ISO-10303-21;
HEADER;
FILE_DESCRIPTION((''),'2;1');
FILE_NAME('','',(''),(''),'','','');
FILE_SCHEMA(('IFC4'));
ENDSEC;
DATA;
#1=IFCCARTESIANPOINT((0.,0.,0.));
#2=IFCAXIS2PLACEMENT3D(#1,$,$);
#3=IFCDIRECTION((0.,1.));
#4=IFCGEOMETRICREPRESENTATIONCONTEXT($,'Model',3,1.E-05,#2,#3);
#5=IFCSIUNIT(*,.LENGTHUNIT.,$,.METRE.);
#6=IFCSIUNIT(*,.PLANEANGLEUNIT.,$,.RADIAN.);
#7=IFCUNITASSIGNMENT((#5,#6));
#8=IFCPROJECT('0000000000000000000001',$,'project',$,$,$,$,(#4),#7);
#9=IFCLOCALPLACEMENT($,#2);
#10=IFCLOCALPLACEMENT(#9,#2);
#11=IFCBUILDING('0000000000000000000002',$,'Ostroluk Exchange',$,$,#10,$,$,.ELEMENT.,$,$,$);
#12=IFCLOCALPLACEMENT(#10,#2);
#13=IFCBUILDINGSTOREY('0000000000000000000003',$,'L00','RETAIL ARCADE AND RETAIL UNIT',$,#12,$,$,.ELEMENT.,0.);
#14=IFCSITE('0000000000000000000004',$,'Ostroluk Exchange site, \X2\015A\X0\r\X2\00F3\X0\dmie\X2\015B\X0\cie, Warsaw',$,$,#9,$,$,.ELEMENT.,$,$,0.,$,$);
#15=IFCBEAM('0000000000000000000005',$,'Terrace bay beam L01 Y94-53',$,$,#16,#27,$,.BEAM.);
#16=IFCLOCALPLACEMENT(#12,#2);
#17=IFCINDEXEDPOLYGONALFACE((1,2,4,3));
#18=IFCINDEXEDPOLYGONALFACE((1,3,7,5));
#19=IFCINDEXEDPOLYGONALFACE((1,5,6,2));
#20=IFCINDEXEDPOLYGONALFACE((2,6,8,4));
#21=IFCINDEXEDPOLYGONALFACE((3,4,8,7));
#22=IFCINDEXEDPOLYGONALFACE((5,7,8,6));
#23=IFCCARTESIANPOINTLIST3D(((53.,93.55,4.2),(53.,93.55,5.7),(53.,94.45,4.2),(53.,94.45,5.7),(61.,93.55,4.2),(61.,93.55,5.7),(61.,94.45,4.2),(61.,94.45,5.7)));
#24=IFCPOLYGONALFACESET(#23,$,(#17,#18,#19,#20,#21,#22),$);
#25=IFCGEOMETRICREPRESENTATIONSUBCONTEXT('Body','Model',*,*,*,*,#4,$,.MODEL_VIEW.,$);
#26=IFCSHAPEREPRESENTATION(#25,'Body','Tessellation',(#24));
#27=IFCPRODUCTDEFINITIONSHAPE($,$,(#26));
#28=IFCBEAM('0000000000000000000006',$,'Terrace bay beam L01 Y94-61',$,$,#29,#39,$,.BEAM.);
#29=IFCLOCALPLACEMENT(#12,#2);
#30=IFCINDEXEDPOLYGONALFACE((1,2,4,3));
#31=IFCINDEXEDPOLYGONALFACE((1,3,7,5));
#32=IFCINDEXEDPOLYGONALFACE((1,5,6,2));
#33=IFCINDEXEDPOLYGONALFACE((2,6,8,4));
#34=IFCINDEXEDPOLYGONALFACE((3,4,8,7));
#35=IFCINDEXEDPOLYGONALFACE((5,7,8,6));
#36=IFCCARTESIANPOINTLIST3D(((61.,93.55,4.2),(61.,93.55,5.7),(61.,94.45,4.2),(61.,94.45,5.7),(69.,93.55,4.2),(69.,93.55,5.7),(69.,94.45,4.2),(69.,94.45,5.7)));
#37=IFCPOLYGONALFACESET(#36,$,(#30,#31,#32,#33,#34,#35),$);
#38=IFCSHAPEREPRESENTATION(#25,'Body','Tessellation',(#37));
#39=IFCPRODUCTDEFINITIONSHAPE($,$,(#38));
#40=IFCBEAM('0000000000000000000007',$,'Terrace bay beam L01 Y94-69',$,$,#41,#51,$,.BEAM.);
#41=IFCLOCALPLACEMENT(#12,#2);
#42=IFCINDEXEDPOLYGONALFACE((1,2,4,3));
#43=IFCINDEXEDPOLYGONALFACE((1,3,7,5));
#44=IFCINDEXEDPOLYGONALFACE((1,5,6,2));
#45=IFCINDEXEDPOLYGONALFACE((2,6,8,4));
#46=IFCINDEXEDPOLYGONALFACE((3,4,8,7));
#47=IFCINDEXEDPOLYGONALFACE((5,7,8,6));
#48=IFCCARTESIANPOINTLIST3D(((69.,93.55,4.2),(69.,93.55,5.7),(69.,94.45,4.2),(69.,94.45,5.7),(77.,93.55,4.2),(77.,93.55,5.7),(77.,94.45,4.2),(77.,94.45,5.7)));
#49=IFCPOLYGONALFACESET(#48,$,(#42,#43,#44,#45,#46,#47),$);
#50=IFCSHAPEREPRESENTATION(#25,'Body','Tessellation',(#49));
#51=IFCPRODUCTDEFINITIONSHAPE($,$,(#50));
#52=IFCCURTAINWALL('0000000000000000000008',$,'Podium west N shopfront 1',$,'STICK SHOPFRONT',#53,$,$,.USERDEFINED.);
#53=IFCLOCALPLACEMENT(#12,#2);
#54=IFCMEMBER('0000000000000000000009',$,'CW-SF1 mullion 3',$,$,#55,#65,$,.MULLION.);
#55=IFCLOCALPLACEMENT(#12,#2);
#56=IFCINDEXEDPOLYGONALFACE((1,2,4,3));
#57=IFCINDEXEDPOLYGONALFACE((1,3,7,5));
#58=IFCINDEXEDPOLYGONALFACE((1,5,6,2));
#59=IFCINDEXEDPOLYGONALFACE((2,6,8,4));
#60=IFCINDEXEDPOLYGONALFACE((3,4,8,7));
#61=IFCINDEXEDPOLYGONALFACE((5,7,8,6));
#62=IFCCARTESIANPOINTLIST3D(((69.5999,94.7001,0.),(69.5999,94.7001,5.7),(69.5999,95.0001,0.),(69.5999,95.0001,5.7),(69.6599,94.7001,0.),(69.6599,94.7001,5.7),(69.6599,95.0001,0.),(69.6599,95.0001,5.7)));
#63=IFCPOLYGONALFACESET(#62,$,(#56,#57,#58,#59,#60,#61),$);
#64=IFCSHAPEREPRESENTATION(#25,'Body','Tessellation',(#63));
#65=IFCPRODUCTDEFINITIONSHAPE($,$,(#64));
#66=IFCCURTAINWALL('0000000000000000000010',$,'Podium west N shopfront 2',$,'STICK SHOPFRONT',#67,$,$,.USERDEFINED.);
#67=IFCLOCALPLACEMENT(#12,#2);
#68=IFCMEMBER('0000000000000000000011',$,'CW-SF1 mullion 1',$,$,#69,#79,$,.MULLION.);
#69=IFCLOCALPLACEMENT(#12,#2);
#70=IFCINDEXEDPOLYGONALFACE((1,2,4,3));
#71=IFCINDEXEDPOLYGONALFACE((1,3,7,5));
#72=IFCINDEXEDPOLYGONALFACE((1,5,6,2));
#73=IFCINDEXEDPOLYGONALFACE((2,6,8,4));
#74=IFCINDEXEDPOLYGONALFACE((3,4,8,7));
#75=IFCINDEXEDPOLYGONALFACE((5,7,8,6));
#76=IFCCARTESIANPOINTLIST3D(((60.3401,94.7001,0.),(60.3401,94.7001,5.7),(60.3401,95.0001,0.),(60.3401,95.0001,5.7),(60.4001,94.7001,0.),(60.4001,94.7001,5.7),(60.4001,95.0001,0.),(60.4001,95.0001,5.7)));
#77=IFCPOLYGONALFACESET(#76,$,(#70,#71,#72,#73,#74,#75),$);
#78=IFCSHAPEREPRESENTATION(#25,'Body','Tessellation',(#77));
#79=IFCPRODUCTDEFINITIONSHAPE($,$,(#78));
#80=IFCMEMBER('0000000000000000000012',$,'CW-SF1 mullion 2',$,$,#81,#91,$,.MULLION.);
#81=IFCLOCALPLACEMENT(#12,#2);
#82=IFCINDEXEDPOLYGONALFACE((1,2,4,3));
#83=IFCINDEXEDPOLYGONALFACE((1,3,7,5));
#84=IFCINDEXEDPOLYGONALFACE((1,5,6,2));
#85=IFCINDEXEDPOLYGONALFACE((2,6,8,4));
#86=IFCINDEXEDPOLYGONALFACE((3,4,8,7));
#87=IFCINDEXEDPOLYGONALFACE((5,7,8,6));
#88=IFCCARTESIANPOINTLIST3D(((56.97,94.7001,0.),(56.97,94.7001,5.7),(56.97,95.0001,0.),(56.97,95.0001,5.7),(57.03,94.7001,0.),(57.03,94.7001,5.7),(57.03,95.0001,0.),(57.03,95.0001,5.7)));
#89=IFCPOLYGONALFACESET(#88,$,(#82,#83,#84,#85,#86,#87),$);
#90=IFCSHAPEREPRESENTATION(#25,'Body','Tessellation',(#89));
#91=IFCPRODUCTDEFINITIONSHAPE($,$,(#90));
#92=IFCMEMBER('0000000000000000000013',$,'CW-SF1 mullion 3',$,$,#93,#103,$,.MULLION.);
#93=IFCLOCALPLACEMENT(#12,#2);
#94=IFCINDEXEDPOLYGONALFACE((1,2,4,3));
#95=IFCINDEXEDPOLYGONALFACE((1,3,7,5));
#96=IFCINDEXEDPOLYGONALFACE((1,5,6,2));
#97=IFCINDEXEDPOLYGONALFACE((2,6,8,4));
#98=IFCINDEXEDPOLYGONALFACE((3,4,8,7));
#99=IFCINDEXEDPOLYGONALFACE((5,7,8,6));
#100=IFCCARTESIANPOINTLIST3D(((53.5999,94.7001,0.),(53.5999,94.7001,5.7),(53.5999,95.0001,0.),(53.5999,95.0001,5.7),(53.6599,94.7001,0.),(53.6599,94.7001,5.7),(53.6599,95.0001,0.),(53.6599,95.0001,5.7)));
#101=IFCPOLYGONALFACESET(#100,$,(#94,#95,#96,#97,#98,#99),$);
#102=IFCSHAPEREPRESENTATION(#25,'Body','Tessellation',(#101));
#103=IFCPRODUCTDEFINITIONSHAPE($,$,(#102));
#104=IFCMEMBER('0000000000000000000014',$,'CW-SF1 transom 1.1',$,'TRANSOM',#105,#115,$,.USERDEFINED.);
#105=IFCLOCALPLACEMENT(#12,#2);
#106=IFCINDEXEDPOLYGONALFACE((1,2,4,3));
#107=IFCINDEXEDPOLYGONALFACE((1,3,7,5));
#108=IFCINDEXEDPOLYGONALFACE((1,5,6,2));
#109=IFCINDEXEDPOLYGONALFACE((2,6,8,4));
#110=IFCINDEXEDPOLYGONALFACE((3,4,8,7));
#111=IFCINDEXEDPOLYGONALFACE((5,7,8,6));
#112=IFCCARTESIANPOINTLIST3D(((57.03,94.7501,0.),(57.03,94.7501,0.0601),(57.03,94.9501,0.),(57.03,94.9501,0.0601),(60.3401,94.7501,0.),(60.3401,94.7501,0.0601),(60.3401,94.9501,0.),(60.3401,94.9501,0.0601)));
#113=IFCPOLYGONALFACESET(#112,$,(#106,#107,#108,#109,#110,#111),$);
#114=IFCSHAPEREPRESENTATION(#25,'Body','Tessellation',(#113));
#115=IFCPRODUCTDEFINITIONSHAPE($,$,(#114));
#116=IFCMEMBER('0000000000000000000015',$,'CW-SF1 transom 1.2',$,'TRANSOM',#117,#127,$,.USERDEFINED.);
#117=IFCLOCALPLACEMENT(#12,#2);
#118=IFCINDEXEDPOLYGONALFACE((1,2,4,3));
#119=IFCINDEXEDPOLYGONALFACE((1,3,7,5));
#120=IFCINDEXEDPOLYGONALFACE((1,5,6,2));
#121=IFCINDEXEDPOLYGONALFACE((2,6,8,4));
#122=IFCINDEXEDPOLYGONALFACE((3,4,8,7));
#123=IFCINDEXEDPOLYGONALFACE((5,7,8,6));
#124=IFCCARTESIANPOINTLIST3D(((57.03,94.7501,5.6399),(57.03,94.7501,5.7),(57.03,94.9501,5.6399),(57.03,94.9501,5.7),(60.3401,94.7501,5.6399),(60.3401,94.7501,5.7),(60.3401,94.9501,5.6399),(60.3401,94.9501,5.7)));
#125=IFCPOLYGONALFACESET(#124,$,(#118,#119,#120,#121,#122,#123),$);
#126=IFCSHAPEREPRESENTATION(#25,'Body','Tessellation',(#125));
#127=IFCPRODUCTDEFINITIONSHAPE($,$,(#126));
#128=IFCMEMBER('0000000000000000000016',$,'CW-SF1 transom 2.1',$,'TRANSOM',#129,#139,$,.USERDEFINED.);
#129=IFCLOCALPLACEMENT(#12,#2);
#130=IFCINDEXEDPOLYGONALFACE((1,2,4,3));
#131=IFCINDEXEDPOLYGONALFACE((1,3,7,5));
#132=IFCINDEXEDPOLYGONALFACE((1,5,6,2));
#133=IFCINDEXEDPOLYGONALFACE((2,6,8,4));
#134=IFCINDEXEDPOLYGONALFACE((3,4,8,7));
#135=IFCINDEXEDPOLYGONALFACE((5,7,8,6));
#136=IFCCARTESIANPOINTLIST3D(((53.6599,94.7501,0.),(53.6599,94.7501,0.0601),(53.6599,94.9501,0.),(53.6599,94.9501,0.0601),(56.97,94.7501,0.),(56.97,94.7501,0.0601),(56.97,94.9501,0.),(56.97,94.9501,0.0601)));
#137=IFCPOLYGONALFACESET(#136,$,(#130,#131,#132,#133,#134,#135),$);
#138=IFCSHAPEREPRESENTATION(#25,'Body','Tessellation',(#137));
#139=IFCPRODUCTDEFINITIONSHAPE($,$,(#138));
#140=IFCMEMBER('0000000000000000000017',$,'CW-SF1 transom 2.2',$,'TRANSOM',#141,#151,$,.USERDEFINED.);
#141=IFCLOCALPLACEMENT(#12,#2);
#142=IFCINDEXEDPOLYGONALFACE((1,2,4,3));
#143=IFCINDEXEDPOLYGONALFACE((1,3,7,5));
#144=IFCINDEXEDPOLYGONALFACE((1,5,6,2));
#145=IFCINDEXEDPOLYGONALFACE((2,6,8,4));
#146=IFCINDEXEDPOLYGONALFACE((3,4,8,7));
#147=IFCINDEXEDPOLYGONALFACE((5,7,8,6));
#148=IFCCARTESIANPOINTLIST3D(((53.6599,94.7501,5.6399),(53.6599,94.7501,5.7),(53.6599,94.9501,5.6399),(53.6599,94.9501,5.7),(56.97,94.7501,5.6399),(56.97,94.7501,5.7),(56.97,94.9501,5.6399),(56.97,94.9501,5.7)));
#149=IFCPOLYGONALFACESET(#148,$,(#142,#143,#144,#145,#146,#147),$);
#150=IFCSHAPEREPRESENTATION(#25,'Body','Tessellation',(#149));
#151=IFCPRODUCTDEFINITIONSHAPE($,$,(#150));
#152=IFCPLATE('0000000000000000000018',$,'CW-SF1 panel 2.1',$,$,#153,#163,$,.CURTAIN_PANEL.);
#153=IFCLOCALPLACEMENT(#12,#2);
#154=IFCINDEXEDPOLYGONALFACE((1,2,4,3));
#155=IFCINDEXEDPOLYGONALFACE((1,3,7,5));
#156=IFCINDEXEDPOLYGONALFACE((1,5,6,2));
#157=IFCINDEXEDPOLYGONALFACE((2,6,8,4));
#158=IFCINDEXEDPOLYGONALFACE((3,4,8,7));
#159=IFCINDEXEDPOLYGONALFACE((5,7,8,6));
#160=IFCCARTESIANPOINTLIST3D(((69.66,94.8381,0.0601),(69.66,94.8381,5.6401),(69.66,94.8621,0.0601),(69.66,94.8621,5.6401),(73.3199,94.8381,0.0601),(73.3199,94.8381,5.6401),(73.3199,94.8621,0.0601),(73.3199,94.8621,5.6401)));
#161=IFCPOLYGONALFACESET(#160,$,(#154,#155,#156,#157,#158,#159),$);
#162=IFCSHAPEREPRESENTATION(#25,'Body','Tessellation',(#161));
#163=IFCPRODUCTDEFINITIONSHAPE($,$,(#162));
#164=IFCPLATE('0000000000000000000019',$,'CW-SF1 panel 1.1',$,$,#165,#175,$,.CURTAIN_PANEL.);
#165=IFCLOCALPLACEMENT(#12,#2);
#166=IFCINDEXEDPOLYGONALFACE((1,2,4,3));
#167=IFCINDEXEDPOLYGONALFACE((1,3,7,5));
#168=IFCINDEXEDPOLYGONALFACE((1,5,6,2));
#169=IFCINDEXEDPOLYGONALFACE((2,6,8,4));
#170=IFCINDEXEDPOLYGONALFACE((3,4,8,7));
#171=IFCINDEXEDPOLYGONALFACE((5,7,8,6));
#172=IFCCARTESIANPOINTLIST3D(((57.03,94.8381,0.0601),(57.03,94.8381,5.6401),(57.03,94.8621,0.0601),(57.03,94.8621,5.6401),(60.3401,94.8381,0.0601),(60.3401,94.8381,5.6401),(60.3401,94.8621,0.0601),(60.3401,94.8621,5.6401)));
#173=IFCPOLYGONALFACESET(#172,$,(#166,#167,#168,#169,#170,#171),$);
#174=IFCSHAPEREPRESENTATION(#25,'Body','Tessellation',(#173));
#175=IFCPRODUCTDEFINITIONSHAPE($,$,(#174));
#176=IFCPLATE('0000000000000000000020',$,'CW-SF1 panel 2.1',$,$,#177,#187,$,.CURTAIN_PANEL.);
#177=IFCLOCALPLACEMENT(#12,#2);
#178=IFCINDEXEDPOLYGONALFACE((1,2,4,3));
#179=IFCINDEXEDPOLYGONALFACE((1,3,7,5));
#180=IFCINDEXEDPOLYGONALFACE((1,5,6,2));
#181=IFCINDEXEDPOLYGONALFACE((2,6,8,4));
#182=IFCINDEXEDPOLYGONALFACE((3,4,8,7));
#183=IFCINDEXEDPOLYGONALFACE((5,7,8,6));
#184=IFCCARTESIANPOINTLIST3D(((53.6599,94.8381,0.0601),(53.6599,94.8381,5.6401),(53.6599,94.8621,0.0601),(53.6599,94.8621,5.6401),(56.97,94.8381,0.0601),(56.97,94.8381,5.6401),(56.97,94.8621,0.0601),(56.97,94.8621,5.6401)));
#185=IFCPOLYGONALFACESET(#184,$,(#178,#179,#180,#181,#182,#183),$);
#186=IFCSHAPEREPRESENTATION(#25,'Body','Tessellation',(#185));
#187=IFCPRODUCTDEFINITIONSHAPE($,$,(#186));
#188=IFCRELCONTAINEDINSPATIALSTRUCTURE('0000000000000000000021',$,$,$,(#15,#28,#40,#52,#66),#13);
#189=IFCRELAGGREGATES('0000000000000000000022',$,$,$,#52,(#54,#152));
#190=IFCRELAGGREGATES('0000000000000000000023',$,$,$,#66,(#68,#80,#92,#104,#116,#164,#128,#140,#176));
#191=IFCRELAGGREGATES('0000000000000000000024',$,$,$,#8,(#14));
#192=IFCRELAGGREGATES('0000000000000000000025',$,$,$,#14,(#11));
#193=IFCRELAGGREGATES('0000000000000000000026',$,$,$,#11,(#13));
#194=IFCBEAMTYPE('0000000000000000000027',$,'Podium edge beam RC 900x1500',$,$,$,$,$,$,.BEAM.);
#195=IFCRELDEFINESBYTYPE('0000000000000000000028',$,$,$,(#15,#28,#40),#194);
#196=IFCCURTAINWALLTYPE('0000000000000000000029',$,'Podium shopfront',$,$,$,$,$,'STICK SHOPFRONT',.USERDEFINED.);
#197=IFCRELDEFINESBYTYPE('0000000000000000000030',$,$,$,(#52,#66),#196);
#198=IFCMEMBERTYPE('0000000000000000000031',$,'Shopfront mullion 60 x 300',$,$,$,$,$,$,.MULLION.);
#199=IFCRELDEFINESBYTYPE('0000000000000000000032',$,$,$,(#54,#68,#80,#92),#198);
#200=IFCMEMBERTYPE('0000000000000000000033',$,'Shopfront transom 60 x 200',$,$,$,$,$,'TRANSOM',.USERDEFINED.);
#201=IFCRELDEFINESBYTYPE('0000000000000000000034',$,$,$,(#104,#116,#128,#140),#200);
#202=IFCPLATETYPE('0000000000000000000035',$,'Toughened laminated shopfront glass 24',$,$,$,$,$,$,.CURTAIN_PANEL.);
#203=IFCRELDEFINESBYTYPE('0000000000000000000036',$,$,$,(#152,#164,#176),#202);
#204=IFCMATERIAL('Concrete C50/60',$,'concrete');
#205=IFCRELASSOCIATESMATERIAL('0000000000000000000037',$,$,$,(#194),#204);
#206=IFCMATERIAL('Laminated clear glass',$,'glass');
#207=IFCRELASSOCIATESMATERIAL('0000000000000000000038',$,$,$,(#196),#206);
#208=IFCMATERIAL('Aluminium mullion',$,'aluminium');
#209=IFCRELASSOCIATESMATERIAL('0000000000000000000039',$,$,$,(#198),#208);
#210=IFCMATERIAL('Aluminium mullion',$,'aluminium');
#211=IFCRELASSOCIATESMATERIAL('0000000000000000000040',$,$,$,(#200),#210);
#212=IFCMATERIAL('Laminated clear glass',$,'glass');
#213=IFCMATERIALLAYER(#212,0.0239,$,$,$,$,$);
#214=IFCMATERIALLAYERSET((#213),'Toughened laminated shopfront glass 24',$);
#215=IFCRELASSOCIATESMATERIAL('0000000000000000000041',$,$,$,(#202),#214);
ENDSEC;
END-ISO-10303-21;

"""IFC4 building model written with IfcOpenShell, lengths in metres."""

from ifc_helpers import new_model, si_unit, direction, frame, origin, origin_2d, place, context, subcontext, project, spatial, rectangle, extrude, material, layer, layer_set, material_profile, profile_set, type_object, element, aggregate, save


model = new_model("IFC4")

# Units and contexts
model_context = context("Model", 3, precision=1e-05, world=origin(), true_north=direction((0.0, 1.0)))
body_context = subcontext(model_context, "Body", "Model", "MODEL_VIEW")
ifc_project = project(units=[si_unit("LENGTHUNIT", "METRE"), si_unit("PLANEANGLEUNIT", "RADIAN")], contexts=[model_context])

# Site, building, storey
site_placement = place(None, origin())
site = spatial("IfcSite", under=ifc_project, at=site_placement, Name="Ostroluk Exchange site, Śródmieście, Warsaw", CompositionType="ELEMENT", RefElevation=0.0)
building_placement = place(site_placement, origin())
building = spatial("IfcBuilding", under=site, at=building_placement, Name="Ostroluk Exchange", CompositionType="ELEMENT")
storey_placement = place(building_placement, origin())
storey = spatial("IfcBuildingStorey", under=building, at=storey_placement, Name="L00", Description="RETAIL ARCADE AND RETAIL UNIT", CompositionType="ELEMENT", Elevation=0.0)

# Beams
ifc_material_1 = material(Name="Concrete C50/60", Category="concrete")
ifc_material_profile_1 = material_profile(ifc_material_1, rectangle(XDim=0.8999, YDim=1.5, at=origin_2d()), Name="RC 900x1500")
ifc_profile_set_1 = profile_set([ifc_material_profile_1], Name="Concrete C50/60")
beam_type_1 = type_object("IfcBeamType", Name="Podium edge beam RC 900x1500", PredefinedType="BEAM", material=ifc_profile_set_1)
for number, where, z_axis, x_axis, name in (
    (1, (53.0, 94.0, 4.95), (1.0, 0.0, 0.0), (0.0, 1.0, 0.0), "Terrace bay beam L01 Y94-53"),
    (2, (61.0, 94.0, 4.95), (1.0, 0.0, 0.0), (0.0, 1.0, 0.0), "Terrace bay beam L01 Y94-61"),
    (3, (69.0, 94.0, 4.95), (1.0, 0.0, 0.0), (0.0, 1.0, 0.0), "Terrace bay beam L01 Y94-69"),
):
    element("IfcBeam", number, at=place(storey_placement, frame(where, z_axis=z_axis, x_axis=x_axis)), inside=storey, type_object=beam_type_1, Name=name, PredefinedType="BEAM", context=body_context, shape_type="SweptSolid", body=[
        extrude(rectangle(XDim=0.8999, YDim=1.5, at=origin_2d()), origin(), (0.0, 0.0, 1.0), 8.0),
    ])

# Curtain wall, member
ifc_material_2 = material(Name="Laminated clear glass", Category="glass")
curtain_wall_type = type_object("IfcCurtainWallType", Name="Podium shopfront", ElementType="STICK SHOPFRONT", PredefinedType="USERDEFINED", material=ifc_material_2)
curtain_wall_1_placement = place(storey_placement, origin())
curtain_wall_1 = element("IfcCurtainWall", 4, at=curtain_wall_1_placement, inside=storey, type_object=curtain_wall_type, Name="Podium west N shopfront 1", ObjectType="STICK SHOPFRONT", PredefinedType="USERDEFINED")
ifc_material_3 = material(Name="Aluminium mullion", Category="aluminium")
ifc_material_profile_2 = material_profile(ifc_material_3, rectangle(XDim=0.3, YDim=0.0601, at=origin_2d()), Name="Shopfront mullion 60 x 300")
ifc_profile_set_2 = profile_set([ifc_material_profile_2], Name="Aluminium mullion")
member_type_1 = type_object("IfcMemberType", Name="Shopfront mullion 60 x 300", PredefinedType="MULLION", material=ifc_profile_set_2)
member_1_placement = place(storey_placement, frame((69.6299, 94.8501, 0.0), z_axis=(0.0, 0.0, 1.0), x_axis=(0.0, -1.0, 0.0)))
member_1 = element("IfcMember", 5, at=member_1_placement, type_object=member_type_1, Name="CW-SF1 mullion 3", PredefinedType="MULLION", context=body_context, shape_type="SweptSolid", body=[
    extrude(rectangle(XDim=0.3, YDim=0.0601, at=origin_2d()), origin(), (0.0, 0.0, 1.0), 5.7),
])

# Curtain wall, members
curtain_wall_2_placement = place(storey_placement, origin())
curtain_wall_2 = element("IfcCurtainWall", 6, at=curtain_wall_2_placement, inside=storey, type_object=curtain_wall_type, Name="Podium west N shopfront 2", ObjectType="STICK SHOPFRONT", PredefinedType="USERDEFINED")
member_2_placement = place(storey_placement, frame((60.3701, 94.8501, 0.0), z_axis=(0.0, 0.0, 1.0), x_axis=(0.0, -1.0, 0.0)))
member_2 = element("IfcMember", 7, at=member_2_placement, type_object=member_type_1, Name="CW-SF1 mullion 1", PredefinedType="MULLION", context=body_context, shape_type="SweptSolid", body=[
    extrude(rectangle(XDim=0.3, YDim=0.0601, at=origin_2d()), origin(), (0.0, 0.0, 1.0), 5.7),
])
member_3_placement = place(storey_placement, frame((57.0, 94.8501, 0.0), z_axis=(0.0, 0.0, 1.0), x_axis=(0.0, -1.0, 0.0)))
member_3 = element("IfcMember", 8, at=member_3_placement, type_object=member_type_1, Name="CW-SF1 mullion 2", PredefinedType="MULLION", context=body_context, shape_type="SweptSolid", body=[
    extrude(rectangle(XDim=0.3, YDim=0.0601, at=origin_2d()), origin(), (0.0, 0.0, 1.0), 5.7),
])
member_4_placement = place(storey_placement, frame((53.6299, 94.8501, 0.0), z_axis=(0.0, 0.0, 1.0), x_axis=(0.0, -1.0, 0.0)))
member_4 = element("IfcMember", 9, at=member_4_placement, type_object=member_type_1, Name="CW-SF1 mullion 3", PredefinedType="MULLION", context=body_context, shape_type="SweptSolid", body=[
    extrude(rectangle(XDim=0.3, YDim=0.0601, at=origin_2d()), origin(), (0.0, 0.0, 1.0), 5.7),
])
ifc_material_4 = material(Name="Aluminium mullion", Category="aluminium")
ifc_material_profile_3 = material_profile(ifc_material_4, rectangle(XDim=0.2, YDim=0.0601, at=origin_2d()), Name="Shopfront transom 60 x 200")
ifc_profile_set_3 = profile_set([ifc_material_profile_3], Name="Aluminium mullion")
member_type_2 = type_object("IfcMemberType", Name="Shopfront transom 60 x 200", ElementType="TRANSOM", PredefinedType="USERDEFINED", material=ifc_profile_set_3)
member_5_placement = place(storey_placement, frame((60.3401, 94.8501, 0.03), z_axis=(-1.0, 0.0, 0.0), x_axis=(0.0, -1.0, 0.0)))
member_5 = element("IfcMember", 10, at=member_5_placement, type_object=member_type_2, Name="CW-SF1 transom 1.1", ObjectType="TRANSOM", PredefinedType="USERDEFINED", context=body_context, shape_type="SweptSolid", body=[
    extrude(rectangle(XDim=0.2, YDim=0.0601, at=origin_2d()), origin(), (0.0, 0.0, 1.0), 3.3101),
])
member_6_placement = place(storey_placement, frame((60.3401, 94.8501, 5.6699), z_axis=(-1.0, 0.0, 0.0), x_axis=(0.0, -1.0, 0.0)))
member_6 = element("IfcMember", 11, at=member_6_placement, type_object=member_type_2, Name="CW-SF1 transom 1.2", ObjectType="TRANSOM", PredefinedType="USERDEFINED", context=body_context, shape_type="SweptSolid", body=[
    extrude(rectangle(XDim=0.2, YDim=0.0601, at=origin_2d()), origin(), (0.0, 0.0, 1.0), 3.3101),
])
member_7_placement = place(storey_placement, frame((56.97, 94.8501, 0.03), z_axis=(-1.0, 0.0, 0.0), x_axis=(0.0, -1.0, 0.0)))
member_7 = element("IfcMember", 12, at=member_7_placement, type_object=member_type_2, Name="CW-SF1 transom 2.1", ObjectType="TRANSOM", PredefinedType="USERDEFINED", context=body_context, shape_type="SweptSolid", body=[
    extrude(rectangle(XDim=0.2, YDim=0.0601, at=origin_2d()), origin(), (0.0, 0.0, 1.0), 3.3101),
])
member_8_placement = place(storey_placement, frame((56.97, 94.8501, 5.6699), z_axis=(-1.0, 0.0, 0.0), x_axis=(0.0, -1.0, 0.0)))
member_8 = element("IfcMember", 13, at=member_8_placement, type_object=member_type_2, Name="CW-SF1 transom 2.2", ObjectType="TRANSOM", PredefinedType="USERDEFINED", context=body_context, shape_type="SweptSolid", body=[
    extrude(rectangle(XDim=0.2, YDim=0.0601, at=origin_2d()), origin(), (0.0, 0.0, 1.0), 3.3101),
])

# Plates
ifc_material_5 = material(Name="Laminated clear glass", Category="glass")
ifc_layer_1 = layer(ifc_material_5, 0.0239)
ifc_layer_set_1 = layer_set([ifc_layer_1], Name="Toughened laminated shopfront glass 24")
plate_type = type_object("IfcPlateType", Name="Toughened laminated shopfront glass 24", PredefinedType="CURTAIN_PANEL", material=ifc_layer_set_1)
plate_1_placement = place(storey_placement, frame((71.49, 94.8501, 0.0601), z_axis=(0.0, 0.0, 1.0), x_axis=(-1.0, 0.0, 0.0)))
plate_1 = element("IfcPlate", 14, at=plate_1_placement, type_object=plate_type, Name="CW-SF1 panel 2.1", PredefinedType="CURTAIN_PANEL", context=body_context, shape_type="SweptSolid", body=[
    extrude(rectangle(XDim=3.6599, YDim=0.0239, at=origin_2d()), origin(), (0.0, 0.0, 1.0), 5.5801),
])
aggregate(curtain_wall_1, [member_1, plate_1])
plate_2_placement = place(storey_placement, frame((58.6851, 94.8501, 0.0601), z_axis=(0.0, 0.0, 1.0), x_axis=(-1.0, 0.0, 0.0)))
plate_2 = element("IfcPlate", 15, at=plate_2_placement, type_object=plate_type, Name="CW-SF1 panel 1.1", PredefinedType="CURTAIN_PANEL", context=body_context, shape_type="SweptSolid", body=[
    extrude(rectangle(XDim=3.3101, YDim=0.0239, at=origin_2d()), origin(), (0.0, 0.0, 1.0), 5.5801),
])
plate_3_placement = place(storey_placement, frame((55.3149, 94.8501, 0.0601), z_axis=(0.0, 0.0, 1.0), x_axis=(-1.0, 0.0, 0.0)))
plate_3 = element("IfcPlate", 16, at=plate_3_placement, type_object=plate_type, Name="CW-SF1 panel 2.1", PredefinedType="CURTAIN_PANEL", context=body_context, shape_type="SweptSolid", body=[
    extrude(rectangle(XDim=3.3101, YDim=0.0239, at=origin_2d()), origin(), (0.0, 0.0, 1.0), 5.5801),
])
aggregate(curtain_wall_2, [member_2, member_3, member_4, member_5, member_6, plate_2, member_7, member_8, plate_3])

save(model, "model.ifc")
